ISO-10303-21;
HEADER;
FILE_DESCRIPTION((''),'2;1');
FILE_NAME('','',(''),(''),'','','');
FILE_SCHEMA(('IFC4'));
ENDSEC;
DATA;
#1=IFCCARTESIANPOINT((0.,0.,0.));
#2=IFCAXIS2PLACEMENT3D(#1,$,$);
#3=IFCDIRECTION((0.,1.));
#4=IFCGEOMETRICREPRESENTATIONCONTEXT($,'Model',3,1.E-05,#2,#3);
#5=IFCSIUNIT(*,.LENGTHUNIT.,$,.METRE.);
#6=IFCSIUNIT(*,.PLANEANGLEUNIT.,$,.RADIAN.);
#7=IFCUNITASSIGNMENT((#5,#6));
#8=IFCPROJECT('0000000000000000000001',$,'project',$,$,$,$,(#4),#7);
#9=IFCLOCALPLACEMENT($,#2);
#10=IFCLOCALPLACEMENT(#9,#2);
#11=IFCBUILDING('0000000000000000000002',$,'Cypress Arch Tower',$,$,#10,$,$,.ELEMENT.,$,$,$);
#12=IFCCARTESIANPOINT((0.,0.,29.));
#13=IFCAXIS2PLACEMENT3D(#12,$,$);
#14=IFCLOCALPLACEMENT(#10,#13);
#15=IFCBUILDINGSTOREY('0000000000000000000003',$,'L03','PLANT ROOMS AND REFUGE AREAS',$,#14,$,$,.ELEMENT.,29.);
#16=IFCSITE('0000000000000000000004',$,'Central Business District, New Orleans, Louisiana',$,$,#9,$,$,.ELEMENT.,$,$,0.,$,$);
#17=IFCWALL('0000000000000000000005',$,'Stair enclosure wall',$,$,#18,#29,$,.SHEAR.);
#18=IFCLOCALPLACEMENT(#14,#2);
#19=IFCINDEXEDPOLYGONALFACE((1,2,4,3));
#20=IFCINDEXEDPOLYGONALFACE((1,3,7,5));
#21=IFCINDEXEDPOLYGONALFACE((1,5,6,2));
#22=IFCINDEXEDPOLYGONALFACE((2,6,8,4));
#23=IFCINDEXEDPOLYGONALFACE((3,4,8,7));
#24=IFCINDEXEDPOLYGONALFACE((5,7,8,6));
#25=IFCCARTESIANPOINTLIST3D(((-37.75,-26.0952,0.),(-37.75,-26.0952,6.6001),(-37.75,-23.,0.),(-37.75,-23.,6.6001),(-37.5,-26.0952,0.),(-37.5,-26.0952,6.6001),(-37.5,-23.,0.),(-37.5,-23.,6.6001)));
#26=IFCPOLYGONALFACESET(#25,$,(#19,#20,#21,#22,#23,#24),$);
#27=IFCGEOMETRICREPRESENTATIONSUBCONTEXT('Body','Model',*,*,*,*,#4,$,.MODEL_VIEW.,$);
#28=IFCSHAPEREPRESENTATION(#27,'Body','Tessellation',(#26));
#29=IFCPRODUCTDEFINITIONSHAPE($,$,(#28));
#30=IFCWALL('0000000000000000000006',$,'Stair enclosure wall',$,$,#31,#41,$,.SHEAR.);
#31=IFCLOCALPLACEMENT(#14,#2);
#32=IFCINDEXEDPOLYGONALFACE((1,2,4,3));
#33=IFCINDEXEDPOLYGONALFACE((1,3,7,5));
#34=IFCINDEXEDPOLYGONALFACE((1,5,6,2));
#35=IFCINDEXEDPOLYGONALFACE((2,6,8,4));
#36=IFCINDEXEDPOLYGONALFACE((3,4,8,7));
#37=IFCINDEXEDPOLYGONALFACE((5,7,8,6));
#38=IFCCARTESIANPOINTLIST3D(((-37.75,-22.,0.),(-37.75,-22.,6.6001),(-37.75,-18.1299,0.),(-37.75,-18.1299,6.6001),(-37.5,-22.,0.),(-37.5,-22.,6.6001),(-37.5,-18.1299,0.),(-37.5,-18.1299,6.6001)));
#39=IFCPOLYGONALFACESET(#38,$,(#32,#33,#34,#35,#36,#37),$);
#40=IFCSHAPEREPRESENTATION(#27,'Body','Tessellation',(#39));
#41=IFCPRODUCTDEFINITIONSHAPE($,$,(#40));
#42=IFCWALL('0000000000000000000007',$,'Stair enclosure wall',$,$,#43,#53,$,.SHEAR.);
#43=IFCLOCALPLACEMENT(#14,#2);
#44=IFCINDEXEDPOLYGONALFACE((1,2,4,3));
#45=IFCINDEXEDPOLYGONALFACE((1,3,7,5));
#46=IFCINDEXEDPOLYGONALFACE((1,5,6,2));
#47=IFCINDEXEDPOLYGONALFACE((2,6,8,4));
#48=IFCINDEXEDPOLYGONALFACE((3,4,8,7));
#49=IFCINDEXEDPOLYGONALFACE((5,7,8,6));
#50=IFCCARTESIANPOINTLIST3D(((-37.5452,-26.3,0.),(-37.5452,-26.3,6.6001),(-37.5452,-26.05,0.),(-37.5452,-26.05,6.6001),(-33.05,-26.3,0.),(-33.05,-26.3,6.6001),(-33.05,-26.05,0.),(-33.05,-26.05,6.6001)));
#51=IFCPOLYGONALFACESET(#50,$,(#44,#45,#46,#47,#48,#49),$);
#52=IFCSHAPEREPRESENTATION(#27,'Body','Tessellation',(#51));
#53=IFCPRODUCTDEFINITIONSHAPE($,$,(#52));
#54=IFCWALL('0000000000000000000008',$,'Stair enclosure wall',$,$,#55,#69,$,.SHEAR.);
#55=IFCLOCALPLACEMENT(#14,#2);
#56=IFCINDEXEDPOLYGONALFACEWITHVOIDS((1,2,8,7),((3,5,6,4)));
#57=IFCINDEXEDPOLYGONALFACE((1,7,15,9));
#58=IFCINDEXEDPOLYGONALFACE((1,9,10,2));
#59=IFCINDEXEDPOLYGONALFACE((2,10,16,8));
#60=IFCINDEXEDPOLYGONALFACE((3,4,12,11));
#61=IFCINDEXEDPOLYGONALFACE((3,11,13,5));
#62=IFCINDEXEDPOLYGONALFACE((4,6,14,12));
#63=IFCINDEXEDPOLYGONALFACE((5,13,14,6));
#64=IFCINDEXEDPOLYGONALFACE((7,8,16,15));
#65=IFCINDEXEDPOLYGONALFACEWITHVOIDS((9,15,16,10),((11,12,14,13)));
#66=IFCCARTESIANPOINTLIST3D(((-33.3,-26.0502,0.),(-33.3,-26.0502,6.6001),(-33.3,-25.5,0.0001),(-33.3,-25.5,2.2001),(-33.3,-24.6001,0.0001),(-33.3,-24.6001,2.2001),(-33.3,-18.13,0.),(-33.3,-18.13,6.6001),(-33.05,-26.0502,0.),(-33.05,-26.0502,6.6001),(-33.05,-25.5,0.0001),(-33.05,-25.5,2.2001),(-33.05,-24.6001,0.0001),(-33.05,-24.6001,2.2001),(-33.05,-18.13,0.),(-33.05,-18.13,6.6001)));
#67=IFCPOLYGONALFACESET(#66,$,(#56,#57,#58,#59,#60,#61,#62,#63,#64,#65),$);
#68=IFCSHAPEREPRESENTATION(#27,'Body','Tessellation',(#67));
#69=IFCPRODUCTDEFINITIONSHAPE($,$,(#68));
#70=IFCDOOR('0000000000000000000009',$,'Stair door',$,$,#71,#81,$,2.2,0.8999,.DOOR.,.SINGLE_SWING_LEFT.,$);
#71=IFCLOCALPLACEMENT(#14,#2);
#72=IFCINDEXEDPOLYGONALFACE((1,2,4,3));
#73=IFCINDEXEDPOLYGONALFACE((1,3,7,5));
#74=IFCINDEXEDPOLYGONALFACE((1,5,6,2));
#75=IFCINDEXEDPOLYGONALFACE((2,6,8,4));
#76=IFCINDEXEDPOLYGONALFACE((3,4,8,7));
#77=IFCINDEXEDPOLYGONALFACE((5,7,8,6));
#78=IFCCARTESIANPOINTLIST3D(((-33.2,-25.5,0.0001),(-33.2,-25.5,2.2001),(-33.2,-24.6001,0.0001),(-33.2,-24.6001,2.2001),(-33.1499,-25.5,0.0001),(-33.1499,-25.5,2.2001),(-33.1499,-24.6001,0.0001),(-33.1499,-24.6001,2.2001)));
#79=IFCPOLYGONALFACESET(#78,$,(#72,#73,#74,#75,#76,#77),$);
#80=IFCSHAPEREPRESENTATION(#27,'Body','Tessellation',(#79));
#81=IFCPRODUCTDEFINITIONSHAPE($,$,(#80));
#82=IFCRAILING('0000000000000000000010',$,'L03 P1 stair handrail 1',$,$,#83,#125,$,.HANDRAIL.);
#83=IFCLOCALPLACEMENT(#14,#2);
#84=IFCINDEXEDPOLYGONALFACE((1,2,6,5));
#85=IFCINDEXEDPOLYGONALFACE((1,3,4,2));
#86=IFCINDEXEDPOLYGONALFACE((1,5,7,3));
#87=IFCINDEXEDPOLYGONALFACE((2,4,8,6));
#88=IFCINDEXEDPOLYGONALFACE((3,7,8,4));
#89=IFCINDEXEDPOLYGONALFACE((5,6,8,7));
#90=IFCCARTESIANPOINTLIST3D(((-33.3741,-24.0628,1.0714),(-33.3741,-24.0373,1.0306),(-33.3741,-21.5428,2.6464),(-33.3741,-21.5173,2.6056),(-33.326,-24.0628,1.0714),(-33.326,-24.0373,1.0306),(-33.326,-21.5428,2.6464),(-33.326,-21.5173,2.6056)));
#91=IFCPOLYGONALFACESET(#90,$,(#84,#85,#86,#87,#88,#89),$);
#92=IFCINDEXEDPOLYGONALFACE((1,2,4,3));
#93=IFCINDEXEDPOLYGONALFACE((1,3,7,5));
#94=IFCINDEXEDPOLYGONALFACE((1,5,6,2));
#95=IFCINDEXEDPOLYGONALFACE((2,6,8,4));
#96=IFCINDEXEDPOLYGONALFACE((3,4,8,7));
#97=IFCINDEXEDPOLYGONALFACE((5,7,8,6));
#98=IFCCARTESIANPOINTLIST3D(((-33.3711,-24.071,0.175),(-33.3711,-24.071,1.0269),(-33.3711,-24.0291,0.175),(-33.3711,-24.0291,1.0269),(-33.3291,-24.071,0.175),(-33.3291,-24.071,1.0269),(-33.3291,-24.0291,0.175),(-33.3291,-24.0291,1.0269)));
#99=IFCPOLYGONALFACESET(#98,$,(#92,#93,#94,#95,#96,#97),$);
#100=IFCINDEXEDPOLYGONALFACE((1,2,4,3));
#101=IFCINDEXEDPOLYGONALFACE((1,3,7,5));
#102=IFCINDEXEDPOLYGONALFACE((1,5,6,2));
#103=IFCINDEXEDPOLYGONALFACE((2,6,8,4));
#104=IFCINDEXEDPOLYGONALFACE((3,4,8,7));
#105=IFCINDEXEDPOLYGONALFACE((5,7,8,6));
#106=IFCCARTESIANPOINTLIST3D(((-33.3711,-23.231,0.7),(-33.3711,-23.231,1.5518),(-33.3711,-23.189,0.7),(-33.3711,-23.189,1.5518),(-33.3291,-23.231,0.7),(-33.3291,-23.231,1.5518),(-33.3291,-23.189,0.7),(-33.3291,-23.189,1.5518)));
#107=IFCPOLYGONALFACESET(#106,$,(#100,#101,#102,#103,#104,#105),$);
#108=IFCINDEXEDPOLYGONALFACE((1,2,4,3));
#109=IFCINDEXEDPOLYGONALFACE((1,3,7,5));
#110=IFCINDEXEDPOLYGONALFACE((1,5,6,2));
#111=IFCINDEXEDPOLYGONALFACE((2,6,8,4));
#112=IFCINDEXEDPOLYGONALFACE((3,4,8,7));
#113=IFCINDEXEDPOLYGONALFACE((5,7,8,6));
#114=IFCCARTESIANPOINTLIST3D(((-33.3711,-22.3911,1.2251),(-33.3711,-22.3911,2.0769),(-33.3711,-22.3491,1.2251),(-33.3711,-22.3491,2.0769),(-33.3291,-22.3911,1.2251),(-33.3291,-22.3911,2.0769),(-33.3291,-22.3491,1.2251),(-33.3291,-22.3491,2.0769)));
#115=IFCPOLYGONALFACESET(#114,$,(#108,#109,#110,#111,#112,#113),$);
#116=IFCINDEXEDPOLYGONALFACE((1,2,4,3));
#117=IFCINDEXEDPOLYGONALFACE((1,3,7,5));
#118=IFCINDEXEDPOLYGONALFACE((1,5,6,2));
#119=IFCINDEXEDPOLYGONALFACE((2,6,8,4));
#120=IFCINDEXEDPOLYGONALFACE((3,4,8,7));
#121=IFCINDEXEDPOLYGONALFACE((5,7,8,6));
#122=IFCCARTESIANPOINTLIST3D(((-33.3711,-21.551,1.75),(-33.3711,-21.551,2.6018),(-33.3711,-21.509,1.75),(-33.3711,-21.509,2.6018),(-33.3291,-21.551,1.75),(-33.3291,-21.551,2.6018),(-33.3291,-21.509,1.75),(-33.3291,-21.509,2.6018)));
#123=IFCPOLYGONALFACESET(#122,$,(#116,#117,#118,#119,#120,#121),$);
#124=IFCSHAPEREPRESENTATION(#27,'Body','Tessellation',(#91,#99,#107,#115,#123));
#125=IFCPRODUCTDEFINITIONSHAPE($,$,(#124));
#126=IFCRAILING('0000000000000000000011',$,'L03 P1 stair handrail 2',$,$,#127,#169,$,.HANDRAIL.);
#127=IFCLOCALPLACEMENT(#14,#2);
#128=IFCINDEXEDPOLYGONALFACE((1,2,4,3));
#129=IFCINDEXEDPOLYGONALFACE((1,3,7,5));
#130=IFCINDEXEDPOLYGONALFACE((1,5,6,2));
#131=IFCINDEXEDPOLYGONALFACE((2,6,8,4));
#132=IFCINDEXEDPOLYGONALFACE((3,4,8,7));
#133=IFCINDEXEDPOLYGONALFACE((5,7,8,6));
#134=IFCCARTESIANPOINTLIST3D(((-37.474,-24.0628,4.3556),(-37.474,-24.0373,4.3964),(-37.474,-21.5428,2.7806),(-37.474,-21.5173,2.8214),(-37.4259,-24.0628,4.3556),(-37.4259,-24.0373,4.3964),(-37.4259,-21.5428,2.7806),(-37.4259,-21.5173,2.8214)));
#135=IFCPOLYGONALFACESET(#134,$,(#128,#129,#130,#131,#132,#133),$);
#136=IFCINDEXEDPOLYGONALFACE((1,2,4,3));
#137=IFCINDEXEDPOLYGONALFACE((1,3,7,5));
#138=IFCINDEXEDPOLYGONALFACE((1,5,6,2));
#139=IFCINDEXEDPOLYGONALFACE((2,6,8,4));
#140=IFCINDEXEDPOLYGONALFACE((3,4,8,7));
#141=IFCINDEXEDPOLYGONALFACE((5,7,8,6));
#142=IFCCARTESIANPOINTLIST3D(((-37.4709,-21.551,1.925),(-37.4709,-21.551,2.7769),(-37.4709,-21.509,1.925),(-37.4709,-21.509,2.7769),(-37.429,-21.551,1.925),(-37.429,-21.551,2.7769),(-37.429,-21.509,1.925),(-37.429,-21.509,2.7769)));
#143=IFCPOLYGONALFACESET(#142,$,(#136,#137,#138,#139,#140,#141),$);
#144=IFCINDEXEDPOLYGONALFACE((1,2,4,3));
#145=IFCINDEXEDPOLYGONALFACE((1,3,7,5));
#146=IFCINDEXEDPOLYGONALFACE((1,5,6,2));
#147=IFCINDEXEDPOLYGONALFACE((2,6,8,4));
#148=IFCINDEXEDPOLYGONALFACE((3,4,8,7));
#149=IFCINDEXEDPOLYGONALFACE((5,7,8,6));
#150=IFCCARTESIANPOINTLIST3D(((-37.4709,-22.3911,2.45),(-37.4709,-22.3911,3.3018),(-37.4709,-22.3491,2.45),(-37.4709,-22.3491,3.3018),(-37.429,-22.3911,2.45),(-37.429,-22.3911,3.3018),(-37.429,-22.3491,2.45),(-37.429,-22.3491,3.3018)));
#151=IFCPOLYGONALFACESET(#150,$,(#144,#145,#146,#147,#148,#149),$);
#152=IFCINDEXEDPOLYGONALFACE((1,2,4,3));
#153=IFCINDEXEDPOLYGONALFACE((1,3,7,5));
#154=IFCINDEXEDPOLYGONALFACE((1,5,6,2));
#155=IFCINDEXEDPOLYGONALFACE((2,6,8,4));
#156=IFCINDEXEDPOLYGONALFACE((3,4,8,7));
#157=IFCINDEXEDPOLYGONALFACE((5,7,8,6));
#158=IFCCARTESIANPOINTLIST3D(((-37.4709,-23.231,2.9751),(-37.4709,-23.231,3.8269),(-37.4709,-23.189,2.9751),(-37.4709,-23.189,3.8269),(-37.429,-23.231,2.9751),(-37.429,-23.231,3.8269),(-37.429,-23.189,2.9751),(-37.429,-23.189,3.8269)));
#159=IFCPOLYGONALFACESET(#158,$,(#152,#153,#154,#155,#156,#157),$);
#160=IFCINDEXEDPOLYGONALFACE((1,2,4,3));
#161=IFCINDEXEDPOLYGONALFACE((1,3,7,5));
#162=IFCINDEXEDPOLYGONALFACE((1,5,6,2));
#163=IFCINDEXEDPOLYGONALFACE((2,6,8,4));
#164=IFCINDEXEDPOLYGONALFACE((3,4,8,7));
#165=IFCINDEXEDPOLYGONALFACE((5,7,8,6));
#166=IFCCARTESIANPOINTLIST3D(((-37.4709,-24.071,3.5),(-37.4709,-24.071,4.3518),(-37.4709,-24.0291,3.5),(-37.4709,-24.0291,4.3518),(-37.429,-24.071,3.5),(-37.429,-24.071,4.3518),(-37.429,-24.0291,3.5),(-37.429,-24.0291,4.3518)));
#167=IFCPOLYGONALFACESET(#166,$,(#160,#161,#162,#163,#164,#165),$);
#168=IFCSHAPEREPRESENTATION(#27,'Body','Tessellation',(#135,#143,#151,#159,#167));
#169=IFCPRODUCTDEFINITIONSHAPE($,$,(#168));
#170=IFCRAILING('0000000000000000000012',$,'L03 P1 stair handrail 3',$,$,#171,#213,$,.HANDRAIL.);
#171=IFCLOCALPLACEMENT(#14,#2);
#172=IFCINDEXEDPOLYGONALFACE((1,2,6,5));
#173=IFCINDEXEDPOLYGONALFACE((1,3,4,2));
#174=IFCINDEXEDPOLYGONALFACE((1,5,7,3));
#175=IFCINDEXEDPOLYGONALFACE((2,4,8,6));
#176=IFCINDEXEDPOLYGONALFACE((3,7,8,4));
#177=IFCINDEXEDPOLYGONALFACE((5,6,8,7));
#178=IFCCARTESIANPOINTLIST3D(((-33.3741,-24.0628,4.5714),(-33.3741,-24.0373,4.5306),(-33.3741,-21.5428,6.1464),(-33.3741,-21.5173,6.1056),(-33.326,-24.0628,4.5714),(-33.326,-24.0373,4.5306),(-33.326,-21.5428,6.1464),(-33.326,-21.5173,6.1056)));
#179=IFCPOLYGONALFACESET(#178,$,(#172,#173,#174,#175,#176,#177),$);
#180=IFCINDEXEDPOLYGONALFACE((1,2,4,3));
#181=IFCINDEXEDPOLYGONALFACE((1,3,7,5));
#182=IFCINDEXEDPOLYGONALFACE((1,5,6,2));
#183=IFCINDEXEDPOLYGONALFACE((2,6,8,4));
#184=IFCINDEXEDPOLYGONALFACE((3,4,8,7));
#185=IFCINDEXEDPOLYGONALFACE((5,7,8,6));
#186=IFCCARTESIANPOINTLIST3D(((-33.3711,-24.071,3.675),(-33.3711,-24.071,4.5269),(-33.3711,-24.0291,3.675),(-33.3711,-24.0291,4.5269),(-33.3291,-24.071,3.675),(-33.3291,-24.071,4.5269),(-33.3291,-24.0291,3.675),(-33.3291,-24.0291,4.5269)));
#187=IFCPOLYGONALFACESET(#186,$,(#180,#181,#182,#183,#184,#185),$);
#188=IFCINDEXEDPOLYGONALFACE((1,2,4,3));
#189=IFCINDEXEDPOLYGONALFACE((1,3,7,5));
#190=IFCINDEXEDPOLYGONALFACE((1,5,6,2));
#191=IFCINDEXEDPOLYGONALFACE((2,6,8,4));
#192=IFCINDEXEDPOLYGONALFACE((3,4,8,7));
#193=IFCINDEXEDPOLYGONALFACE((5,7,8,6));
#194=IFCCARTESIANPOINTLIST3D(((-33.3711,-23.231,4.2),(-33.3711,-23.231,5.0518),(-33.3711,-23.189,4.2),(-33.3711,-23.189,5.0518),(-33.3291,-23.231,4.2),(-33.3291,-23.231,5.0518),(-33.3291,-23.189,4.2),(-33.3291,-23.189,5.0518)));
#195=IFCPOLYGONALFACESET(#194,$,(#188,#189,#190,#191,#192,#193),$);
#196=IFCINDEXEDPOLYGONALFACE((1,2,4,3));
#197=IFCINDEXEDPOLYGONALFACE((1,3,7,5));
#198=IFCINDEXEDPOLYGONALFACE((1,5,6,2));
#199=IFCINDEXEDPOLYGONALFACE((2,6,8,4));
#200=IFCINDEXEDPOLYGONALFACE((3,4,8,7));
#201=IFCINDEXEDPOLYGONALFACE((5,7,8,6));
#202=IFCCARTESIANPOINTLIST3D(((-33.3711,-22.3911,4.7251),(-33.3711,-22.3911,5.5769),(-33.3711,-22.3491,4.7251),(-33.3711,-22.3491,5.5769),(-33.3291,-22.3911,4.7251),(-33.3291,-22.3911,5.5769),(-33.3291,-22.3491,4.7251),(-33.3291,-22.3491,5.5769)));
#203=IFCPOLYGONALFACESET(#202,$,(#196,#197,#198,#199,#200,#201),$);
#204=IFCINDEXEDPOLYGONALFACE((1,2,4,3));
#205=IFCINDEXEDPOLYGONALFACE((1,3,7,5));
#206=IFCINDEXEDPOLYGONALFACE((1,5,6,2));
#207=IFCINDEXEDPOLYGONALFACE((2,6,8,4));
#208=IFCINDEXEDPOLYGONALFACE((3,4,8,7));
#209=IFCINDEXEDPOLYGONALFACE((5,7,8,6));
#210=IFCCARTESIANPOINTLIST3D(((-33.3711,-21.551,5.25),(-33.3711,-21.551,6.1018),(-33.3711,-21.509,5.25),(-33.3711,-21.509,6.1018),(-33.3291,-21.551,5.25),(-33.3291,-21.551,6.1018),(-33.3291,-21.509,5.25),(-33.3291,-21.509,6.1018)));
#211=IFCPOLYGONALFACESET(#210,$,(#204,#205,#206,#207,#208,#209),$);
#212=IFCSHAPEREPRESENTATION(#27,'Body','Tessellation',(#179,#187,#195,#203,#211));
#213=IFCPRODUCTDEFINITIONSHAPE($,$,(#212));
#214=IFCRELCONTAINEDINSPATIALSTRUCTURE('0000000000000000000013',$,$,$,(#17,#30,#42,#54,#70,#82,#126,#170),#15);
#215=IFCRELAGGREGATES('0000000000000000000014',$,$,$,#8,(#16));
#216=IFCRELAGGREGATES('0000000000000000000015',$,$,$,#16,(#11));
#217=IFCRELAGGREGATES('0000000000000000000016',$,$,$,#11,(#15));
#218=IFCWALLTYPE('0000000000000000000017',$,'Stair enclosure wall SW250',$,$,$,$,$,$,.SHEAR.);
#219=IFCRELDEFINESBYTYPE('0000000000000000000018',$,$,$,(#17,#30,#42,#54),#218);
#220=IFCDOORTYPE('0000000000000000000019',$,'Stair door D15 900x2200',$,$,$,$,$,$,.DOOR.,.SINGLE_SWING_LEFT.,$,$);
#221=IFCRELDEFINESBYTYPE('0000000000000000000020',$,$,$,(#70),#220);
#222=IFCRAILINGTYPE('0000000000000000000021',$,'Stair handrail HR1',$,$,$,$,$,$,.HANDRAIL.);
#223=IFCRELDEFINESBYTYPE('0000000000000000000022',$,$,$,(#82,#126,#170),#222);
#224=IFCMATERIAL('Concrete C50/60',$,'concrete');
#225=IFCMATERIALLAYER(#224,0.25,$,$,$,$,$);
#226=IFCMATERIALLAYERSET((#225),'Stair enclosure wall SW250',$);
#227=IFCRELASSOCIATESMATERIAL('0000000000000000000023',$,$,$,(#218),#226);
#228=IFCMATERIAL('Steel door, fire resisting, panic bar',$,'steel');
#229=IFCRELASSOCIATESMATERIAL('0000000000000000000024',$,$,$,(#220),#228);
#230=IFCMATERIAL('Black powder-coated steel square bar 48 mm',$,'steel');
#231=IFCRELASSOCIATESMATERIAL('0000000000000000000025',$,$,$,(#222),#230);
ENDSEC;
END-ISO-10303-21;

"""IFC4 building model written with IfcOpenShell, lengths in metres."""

from ifc_helpers import new_model, si_unit, direction, frame, frame_2d, origin, origin_2d, place, context, subcontext, project, spatial, rectangle, extrude, material, layer, layer_set, type_object, element, fill, save


model = new_model("IFC4")

# Units and contexts
model_context = context("Model", 3, precision=1e-05, world=origin(), true_north=direction((0.0, 1.0)))
body_context = subcontext(model_context, "Body", "Model", "MODEL_VIEW")
ifc_project = project(units=[si_unit("LENGTHUNIT", "METRE"), si_unit("PLANEANGLEUNIT", "RADIAN")], contexts=[model_context])

# Site, building, storey
site_placement = place(None, origin())
site = spatial("IfcSite", under=ifc_project, at=site_placement, Name="Central Business District, New Orleans, Louisiana", CompositionType="ELEMENT", RefElevation=0.0)
building_placement = place(site_placement, origin())
building = spatial("IfcBuilding", under=site, at=building_placement, Name="Cypress Arch Tower", CompositionType="ELEMENT")
storey_placement = place(building_placement, frame((0.0, 0.0, 29.0)))
storey = spatial("IfcBuildingStorey", under=building, at=storey_placement, Name="L03", Description="PLANT ROOMS AND REFUGE AREAS", CompositionType="ELEMENT", Elevation=29.0)

# Walls
ifc_material_1 = material(Name="Concrete C50/60", Category="concrete")
ifc_layer_1 = layer(ifc_material_1, 0.25)
ifc_layer_set_1 = layer_set([ifc_layer_1], Name="Stair enclosure wall SW250")
wall_type_1 = type_object("IfcWallType", Name="Stair enclosure wall SW250", PredefinedType="SHEAR", material=ifc_layer_set_1)
wall_1_placement = place(storey_placement, frame((-37.625, -26.0952, 0.0), z_axis=(0.0, 0.0, 1.0), x_axis=(0.0, 1.0, 0.0)))
element("IfcWall", 1, at=wall_1_placement, inside=storey, type_object=wall_type_1, Name="Stair enclosure wall", PredefinedType="SHEAR", context=body_context, shape_type="SweptSolid", body=[
    extrude(rectangle(XDim=3.0952, YDim=0.25, at=frame_2d((1.5476, 0.0))), origin(), (0.0, 0.0, 1.0), 6.6001),
])
wall_2_placement = place(storey_placement, frame((-37.625, -22.0, 0.0), z_axis=(0.0, 0.0, 1.0), x_axis=(0.0, 1.0, 0.0)))
element("IfcWall", 2, at=wall_2_placement, inside=storey, type_object=wall_type_1, Name="Stair enclosure wall", PredefinedType="SHEAR", context=body_context, shape_type="SweptSolid", body=[
    extrude(rectangle(XDim=3.8701, YDim=0.25, at=frame_2d((1.9351, 0.0))), origin(), (0.0, 0.0, 1.0), 6.6001),
])
wall_3_placement = place(storey_placement, frame((-37.5452, -26.175, 0.0), z_axis=(0.0, 0.0, 1.0), x_axis=(1.0, 0.0, 0.0)))
element("IfcWall", 3, at=wall_3_placement, inside=storey, type_object=wall_type_1, Name="Stair enclosure wall", PredefinedType="SHEAR", context=body_context, shape_type="SweptSolid", body=[
    extrude(rectangle(XDim=4.4951, YDim=0.25, at=frame_2d((2.2476, 0.0))), origin(), (0.0, 0.0, 1.0), 6.6001),
])

# Wall, opening, door
wall_4_placement = place(storey_placement, frame((-33.175, -26.05, 0.0), z_axis=(0.0, 0.0, 1.0), x_axis=(0.0, 1.0, 0.0)))
wall_4 = element("IfcWall", 4, at=wall_4_placement, inside=storey, type_object=wall_type_1, Name="Stair enclosure wall", PredefinedType="SHEAR", context=body_context, shape_type="SweptSolid", body=[
    extrude(rectangle(XDim=7.9202, YDim=0.25, at=frame_2d((3.96, 0.0))), origin(), (0.0, 0.0, 1.0), 6.6001),
])
opening_1_placement = place(wall_4_placement, frame((0.55, 0.0, 0.0)))
opening_1 = element("IfcOpeningElement", 5, at=opening_1_placement, cuts=wall_4, PredefinedType="OPENING", context=body_context, shape_type="SweptSolid", body=[
    extrude(rectangle(XDim=0.8999, YDim=2.2, at=frame_2d((0.45, 1.1001))), frame((0.0, 0.135, 0.0), z_axis=(0.0, -1.0, 0.0), x_axis=(1.0, 0.0, 0.0)), (0.0, 0.0, 1.0), 0.27),
])
ifc_material_2 = material(Name="Steel door, fire resisting, panic bar", Category="steel")
door_type_1 = type_object("IfcDoorType", Name="Stair door D15 900x2200", OperationType="SINGLE_SWING_LEFT", PredefinedType="DOOR", material=ifc_material_2)
door_1_placement = place(opening_1_placement, origin())
door_1 = element("IfcDoor", 6, at=door_1_placement, inside=storey, type_object=door_type_1, Name="Stair door", OperationType="SINGLE_SWING_LEFT", OverallHeight=2.2, OverallWidth=0.8999, PredefinedType="DOOR", context=body_context, shape_type="SweptSolid", body=[
    extrude(rectangle(XDim=0.8999, YDim=2.2, at=frame_2d((0.45, 1.1001))), frame((0.0, 0.0249, 0.0), z_axis=(0.0, -1.0, 0.0), x_axis=(1.0, 0.0, 0.0)), (0.0, 0.0, 1.0), 0.05),
])
fill(opening_1, door_1)

# Railings
ifc_material_3 = material(Name="Black powder-coated steel square bar 48 mm", Category="steel")
railing_type_1 = type_object("IfcRailingType", Name="Stair handrail HR1", PredefinedType="HANDRAIL", material=ifc_material_3)
railing_1_placement = place(storey_placement, frame((-33.3501, -24.05, 0.175)))
element("IfcRailing", 7, at=railing_1_placement, inside=storey, type_object=railing_type_1, Name="L03 P1 stair handrail 1", PredefinedType="HANDRAIL", context=body_context, shape_type="SweptSolid", body=[
    extrude(rectangle(XDim=0.0481, YDim=0.0481, at=origin_2d()), frame((0.0, 0.0, 0.876), z_axis=(0.0, 0.848008, 0.529984), x_axis=(-1.0, 0.0, 0.0)), (0.0, 0.0, 1.0), 2.9717),
    extrude(rectangle(XDim=0.042, YDim=0.042, at=origin_2d()), origin(), (0.0, 0.0, 1.0), 0.8518),
    extrude(rectangle(XDim=0.042, YDim=0.042, at=origin_2d()), frame((0.0, 0.8401, 0.5249)), (0.0, 0.0, 1.0), 0.8518),
    extrude(rectangle(XDim=0.042, YDim=0.042, at=origin_2d()), frame((0.0, 1.6799, 1.05)), (0.0, 0.0, 1.0), 0.8518),
    extrude(rectangle(XDim=0.042, YDim=0.042, at=origin_2d()), frame((0.0, 2.52, 1.575)), (0.0, 0.0, 1.0), 0.8518),
])
railing_2_placement = place(storey_placement, frame((-37.45, -21.53, 1.925)))
element("IfcRailing", 8, at=railing_2_placement, inside=storey, type_object=railing_type_1, Name="L03 P1 stair handrail 2", PredefinedType="HANDRAIL", context=body_context, shape_type="SweptSolid", body=[
    extrude(rectangle(XDim=0.0481, YDim=0.0481, at=origin_2d()), frame((0.0, 0.0, 0.876), z_axis=(0.0, -0.848008, 0.529984), x_axis=(1.0, 0.0, 0.0)), (0.0, 0.0, 1.0), 2.9717),
    extrude(rectangle(XDim=0.042, YDim=0.042, at=origin_2d()), origin(), (0.0, 0.0, 1.0), 0.8518),
    extrude(rectangle(XDim=0.042, YDim=0.042, at=origin_2d()), frame((0.0, -0.8401, 0.5249)), (0.0, 0.0, 1.0), 0.8518),
    extrude(rectangle(XDim=0.042, YDim=0.042, at=origin_2d()), frame((0.0, -1.6799, 1.05)), (0.0, 0.0, 1.0), 0.8518),
    extrude(rectangle(XDim=0.042, YDim=0.042, at=origin_2d()), frame((0.0, -2.52, 1.575)), (0.0, 0.0, 1.0), 0.8518),
])
railing_3_placement = place(storey_placement, frame((-33.3501, -24.05, 3.675)))
element("IfcRailing", 9, at=railing_3_placement, inside=storey, type_object=railing_type_1, Name="L03 P1 stair handrail 3", PredefinedType="HANDRAIL", context=body_context, shape_type="SweptSolid", body=[
    extrude(rectangle(XDim=0.0481, YDim=0.0481, at=origin_2d()), frame((0.0, 0.0, 0.876), z_axis=(0.0, 0.848008, 0.529984), x_axis=(-1.0, 0.0, 0.0)), (0.0, 0.0, 1.0), 2.9717),
    extrude(rectangle(XDim=0.042, YDim=0.042, at=origin_2d()), origin(), (0.0, 0.0, 1.0), 0.8518),
    extrude(rectangle(XDim=0.042, YDim=0.042, at=origin_2d()), frame((0.0, 0.8401, 0.5249)), (0.0, 0.0, 1.0), 0.8518),
    extrude(rectangle(XDim=0.042, YDim=0.042, at=origin_2d()), frame((0.0, 1.6799, 1.05)), (0.0, 0.0, 1.0), 0.8518),
    extrude(rectangle(XDim=0.042, YDim=0.042, at=origin_2d()), frame((0.0, 2.52, 1.575)), (0.0, 0.0, 1.0), 0.8518),
])

save(model, "model.ifc")
